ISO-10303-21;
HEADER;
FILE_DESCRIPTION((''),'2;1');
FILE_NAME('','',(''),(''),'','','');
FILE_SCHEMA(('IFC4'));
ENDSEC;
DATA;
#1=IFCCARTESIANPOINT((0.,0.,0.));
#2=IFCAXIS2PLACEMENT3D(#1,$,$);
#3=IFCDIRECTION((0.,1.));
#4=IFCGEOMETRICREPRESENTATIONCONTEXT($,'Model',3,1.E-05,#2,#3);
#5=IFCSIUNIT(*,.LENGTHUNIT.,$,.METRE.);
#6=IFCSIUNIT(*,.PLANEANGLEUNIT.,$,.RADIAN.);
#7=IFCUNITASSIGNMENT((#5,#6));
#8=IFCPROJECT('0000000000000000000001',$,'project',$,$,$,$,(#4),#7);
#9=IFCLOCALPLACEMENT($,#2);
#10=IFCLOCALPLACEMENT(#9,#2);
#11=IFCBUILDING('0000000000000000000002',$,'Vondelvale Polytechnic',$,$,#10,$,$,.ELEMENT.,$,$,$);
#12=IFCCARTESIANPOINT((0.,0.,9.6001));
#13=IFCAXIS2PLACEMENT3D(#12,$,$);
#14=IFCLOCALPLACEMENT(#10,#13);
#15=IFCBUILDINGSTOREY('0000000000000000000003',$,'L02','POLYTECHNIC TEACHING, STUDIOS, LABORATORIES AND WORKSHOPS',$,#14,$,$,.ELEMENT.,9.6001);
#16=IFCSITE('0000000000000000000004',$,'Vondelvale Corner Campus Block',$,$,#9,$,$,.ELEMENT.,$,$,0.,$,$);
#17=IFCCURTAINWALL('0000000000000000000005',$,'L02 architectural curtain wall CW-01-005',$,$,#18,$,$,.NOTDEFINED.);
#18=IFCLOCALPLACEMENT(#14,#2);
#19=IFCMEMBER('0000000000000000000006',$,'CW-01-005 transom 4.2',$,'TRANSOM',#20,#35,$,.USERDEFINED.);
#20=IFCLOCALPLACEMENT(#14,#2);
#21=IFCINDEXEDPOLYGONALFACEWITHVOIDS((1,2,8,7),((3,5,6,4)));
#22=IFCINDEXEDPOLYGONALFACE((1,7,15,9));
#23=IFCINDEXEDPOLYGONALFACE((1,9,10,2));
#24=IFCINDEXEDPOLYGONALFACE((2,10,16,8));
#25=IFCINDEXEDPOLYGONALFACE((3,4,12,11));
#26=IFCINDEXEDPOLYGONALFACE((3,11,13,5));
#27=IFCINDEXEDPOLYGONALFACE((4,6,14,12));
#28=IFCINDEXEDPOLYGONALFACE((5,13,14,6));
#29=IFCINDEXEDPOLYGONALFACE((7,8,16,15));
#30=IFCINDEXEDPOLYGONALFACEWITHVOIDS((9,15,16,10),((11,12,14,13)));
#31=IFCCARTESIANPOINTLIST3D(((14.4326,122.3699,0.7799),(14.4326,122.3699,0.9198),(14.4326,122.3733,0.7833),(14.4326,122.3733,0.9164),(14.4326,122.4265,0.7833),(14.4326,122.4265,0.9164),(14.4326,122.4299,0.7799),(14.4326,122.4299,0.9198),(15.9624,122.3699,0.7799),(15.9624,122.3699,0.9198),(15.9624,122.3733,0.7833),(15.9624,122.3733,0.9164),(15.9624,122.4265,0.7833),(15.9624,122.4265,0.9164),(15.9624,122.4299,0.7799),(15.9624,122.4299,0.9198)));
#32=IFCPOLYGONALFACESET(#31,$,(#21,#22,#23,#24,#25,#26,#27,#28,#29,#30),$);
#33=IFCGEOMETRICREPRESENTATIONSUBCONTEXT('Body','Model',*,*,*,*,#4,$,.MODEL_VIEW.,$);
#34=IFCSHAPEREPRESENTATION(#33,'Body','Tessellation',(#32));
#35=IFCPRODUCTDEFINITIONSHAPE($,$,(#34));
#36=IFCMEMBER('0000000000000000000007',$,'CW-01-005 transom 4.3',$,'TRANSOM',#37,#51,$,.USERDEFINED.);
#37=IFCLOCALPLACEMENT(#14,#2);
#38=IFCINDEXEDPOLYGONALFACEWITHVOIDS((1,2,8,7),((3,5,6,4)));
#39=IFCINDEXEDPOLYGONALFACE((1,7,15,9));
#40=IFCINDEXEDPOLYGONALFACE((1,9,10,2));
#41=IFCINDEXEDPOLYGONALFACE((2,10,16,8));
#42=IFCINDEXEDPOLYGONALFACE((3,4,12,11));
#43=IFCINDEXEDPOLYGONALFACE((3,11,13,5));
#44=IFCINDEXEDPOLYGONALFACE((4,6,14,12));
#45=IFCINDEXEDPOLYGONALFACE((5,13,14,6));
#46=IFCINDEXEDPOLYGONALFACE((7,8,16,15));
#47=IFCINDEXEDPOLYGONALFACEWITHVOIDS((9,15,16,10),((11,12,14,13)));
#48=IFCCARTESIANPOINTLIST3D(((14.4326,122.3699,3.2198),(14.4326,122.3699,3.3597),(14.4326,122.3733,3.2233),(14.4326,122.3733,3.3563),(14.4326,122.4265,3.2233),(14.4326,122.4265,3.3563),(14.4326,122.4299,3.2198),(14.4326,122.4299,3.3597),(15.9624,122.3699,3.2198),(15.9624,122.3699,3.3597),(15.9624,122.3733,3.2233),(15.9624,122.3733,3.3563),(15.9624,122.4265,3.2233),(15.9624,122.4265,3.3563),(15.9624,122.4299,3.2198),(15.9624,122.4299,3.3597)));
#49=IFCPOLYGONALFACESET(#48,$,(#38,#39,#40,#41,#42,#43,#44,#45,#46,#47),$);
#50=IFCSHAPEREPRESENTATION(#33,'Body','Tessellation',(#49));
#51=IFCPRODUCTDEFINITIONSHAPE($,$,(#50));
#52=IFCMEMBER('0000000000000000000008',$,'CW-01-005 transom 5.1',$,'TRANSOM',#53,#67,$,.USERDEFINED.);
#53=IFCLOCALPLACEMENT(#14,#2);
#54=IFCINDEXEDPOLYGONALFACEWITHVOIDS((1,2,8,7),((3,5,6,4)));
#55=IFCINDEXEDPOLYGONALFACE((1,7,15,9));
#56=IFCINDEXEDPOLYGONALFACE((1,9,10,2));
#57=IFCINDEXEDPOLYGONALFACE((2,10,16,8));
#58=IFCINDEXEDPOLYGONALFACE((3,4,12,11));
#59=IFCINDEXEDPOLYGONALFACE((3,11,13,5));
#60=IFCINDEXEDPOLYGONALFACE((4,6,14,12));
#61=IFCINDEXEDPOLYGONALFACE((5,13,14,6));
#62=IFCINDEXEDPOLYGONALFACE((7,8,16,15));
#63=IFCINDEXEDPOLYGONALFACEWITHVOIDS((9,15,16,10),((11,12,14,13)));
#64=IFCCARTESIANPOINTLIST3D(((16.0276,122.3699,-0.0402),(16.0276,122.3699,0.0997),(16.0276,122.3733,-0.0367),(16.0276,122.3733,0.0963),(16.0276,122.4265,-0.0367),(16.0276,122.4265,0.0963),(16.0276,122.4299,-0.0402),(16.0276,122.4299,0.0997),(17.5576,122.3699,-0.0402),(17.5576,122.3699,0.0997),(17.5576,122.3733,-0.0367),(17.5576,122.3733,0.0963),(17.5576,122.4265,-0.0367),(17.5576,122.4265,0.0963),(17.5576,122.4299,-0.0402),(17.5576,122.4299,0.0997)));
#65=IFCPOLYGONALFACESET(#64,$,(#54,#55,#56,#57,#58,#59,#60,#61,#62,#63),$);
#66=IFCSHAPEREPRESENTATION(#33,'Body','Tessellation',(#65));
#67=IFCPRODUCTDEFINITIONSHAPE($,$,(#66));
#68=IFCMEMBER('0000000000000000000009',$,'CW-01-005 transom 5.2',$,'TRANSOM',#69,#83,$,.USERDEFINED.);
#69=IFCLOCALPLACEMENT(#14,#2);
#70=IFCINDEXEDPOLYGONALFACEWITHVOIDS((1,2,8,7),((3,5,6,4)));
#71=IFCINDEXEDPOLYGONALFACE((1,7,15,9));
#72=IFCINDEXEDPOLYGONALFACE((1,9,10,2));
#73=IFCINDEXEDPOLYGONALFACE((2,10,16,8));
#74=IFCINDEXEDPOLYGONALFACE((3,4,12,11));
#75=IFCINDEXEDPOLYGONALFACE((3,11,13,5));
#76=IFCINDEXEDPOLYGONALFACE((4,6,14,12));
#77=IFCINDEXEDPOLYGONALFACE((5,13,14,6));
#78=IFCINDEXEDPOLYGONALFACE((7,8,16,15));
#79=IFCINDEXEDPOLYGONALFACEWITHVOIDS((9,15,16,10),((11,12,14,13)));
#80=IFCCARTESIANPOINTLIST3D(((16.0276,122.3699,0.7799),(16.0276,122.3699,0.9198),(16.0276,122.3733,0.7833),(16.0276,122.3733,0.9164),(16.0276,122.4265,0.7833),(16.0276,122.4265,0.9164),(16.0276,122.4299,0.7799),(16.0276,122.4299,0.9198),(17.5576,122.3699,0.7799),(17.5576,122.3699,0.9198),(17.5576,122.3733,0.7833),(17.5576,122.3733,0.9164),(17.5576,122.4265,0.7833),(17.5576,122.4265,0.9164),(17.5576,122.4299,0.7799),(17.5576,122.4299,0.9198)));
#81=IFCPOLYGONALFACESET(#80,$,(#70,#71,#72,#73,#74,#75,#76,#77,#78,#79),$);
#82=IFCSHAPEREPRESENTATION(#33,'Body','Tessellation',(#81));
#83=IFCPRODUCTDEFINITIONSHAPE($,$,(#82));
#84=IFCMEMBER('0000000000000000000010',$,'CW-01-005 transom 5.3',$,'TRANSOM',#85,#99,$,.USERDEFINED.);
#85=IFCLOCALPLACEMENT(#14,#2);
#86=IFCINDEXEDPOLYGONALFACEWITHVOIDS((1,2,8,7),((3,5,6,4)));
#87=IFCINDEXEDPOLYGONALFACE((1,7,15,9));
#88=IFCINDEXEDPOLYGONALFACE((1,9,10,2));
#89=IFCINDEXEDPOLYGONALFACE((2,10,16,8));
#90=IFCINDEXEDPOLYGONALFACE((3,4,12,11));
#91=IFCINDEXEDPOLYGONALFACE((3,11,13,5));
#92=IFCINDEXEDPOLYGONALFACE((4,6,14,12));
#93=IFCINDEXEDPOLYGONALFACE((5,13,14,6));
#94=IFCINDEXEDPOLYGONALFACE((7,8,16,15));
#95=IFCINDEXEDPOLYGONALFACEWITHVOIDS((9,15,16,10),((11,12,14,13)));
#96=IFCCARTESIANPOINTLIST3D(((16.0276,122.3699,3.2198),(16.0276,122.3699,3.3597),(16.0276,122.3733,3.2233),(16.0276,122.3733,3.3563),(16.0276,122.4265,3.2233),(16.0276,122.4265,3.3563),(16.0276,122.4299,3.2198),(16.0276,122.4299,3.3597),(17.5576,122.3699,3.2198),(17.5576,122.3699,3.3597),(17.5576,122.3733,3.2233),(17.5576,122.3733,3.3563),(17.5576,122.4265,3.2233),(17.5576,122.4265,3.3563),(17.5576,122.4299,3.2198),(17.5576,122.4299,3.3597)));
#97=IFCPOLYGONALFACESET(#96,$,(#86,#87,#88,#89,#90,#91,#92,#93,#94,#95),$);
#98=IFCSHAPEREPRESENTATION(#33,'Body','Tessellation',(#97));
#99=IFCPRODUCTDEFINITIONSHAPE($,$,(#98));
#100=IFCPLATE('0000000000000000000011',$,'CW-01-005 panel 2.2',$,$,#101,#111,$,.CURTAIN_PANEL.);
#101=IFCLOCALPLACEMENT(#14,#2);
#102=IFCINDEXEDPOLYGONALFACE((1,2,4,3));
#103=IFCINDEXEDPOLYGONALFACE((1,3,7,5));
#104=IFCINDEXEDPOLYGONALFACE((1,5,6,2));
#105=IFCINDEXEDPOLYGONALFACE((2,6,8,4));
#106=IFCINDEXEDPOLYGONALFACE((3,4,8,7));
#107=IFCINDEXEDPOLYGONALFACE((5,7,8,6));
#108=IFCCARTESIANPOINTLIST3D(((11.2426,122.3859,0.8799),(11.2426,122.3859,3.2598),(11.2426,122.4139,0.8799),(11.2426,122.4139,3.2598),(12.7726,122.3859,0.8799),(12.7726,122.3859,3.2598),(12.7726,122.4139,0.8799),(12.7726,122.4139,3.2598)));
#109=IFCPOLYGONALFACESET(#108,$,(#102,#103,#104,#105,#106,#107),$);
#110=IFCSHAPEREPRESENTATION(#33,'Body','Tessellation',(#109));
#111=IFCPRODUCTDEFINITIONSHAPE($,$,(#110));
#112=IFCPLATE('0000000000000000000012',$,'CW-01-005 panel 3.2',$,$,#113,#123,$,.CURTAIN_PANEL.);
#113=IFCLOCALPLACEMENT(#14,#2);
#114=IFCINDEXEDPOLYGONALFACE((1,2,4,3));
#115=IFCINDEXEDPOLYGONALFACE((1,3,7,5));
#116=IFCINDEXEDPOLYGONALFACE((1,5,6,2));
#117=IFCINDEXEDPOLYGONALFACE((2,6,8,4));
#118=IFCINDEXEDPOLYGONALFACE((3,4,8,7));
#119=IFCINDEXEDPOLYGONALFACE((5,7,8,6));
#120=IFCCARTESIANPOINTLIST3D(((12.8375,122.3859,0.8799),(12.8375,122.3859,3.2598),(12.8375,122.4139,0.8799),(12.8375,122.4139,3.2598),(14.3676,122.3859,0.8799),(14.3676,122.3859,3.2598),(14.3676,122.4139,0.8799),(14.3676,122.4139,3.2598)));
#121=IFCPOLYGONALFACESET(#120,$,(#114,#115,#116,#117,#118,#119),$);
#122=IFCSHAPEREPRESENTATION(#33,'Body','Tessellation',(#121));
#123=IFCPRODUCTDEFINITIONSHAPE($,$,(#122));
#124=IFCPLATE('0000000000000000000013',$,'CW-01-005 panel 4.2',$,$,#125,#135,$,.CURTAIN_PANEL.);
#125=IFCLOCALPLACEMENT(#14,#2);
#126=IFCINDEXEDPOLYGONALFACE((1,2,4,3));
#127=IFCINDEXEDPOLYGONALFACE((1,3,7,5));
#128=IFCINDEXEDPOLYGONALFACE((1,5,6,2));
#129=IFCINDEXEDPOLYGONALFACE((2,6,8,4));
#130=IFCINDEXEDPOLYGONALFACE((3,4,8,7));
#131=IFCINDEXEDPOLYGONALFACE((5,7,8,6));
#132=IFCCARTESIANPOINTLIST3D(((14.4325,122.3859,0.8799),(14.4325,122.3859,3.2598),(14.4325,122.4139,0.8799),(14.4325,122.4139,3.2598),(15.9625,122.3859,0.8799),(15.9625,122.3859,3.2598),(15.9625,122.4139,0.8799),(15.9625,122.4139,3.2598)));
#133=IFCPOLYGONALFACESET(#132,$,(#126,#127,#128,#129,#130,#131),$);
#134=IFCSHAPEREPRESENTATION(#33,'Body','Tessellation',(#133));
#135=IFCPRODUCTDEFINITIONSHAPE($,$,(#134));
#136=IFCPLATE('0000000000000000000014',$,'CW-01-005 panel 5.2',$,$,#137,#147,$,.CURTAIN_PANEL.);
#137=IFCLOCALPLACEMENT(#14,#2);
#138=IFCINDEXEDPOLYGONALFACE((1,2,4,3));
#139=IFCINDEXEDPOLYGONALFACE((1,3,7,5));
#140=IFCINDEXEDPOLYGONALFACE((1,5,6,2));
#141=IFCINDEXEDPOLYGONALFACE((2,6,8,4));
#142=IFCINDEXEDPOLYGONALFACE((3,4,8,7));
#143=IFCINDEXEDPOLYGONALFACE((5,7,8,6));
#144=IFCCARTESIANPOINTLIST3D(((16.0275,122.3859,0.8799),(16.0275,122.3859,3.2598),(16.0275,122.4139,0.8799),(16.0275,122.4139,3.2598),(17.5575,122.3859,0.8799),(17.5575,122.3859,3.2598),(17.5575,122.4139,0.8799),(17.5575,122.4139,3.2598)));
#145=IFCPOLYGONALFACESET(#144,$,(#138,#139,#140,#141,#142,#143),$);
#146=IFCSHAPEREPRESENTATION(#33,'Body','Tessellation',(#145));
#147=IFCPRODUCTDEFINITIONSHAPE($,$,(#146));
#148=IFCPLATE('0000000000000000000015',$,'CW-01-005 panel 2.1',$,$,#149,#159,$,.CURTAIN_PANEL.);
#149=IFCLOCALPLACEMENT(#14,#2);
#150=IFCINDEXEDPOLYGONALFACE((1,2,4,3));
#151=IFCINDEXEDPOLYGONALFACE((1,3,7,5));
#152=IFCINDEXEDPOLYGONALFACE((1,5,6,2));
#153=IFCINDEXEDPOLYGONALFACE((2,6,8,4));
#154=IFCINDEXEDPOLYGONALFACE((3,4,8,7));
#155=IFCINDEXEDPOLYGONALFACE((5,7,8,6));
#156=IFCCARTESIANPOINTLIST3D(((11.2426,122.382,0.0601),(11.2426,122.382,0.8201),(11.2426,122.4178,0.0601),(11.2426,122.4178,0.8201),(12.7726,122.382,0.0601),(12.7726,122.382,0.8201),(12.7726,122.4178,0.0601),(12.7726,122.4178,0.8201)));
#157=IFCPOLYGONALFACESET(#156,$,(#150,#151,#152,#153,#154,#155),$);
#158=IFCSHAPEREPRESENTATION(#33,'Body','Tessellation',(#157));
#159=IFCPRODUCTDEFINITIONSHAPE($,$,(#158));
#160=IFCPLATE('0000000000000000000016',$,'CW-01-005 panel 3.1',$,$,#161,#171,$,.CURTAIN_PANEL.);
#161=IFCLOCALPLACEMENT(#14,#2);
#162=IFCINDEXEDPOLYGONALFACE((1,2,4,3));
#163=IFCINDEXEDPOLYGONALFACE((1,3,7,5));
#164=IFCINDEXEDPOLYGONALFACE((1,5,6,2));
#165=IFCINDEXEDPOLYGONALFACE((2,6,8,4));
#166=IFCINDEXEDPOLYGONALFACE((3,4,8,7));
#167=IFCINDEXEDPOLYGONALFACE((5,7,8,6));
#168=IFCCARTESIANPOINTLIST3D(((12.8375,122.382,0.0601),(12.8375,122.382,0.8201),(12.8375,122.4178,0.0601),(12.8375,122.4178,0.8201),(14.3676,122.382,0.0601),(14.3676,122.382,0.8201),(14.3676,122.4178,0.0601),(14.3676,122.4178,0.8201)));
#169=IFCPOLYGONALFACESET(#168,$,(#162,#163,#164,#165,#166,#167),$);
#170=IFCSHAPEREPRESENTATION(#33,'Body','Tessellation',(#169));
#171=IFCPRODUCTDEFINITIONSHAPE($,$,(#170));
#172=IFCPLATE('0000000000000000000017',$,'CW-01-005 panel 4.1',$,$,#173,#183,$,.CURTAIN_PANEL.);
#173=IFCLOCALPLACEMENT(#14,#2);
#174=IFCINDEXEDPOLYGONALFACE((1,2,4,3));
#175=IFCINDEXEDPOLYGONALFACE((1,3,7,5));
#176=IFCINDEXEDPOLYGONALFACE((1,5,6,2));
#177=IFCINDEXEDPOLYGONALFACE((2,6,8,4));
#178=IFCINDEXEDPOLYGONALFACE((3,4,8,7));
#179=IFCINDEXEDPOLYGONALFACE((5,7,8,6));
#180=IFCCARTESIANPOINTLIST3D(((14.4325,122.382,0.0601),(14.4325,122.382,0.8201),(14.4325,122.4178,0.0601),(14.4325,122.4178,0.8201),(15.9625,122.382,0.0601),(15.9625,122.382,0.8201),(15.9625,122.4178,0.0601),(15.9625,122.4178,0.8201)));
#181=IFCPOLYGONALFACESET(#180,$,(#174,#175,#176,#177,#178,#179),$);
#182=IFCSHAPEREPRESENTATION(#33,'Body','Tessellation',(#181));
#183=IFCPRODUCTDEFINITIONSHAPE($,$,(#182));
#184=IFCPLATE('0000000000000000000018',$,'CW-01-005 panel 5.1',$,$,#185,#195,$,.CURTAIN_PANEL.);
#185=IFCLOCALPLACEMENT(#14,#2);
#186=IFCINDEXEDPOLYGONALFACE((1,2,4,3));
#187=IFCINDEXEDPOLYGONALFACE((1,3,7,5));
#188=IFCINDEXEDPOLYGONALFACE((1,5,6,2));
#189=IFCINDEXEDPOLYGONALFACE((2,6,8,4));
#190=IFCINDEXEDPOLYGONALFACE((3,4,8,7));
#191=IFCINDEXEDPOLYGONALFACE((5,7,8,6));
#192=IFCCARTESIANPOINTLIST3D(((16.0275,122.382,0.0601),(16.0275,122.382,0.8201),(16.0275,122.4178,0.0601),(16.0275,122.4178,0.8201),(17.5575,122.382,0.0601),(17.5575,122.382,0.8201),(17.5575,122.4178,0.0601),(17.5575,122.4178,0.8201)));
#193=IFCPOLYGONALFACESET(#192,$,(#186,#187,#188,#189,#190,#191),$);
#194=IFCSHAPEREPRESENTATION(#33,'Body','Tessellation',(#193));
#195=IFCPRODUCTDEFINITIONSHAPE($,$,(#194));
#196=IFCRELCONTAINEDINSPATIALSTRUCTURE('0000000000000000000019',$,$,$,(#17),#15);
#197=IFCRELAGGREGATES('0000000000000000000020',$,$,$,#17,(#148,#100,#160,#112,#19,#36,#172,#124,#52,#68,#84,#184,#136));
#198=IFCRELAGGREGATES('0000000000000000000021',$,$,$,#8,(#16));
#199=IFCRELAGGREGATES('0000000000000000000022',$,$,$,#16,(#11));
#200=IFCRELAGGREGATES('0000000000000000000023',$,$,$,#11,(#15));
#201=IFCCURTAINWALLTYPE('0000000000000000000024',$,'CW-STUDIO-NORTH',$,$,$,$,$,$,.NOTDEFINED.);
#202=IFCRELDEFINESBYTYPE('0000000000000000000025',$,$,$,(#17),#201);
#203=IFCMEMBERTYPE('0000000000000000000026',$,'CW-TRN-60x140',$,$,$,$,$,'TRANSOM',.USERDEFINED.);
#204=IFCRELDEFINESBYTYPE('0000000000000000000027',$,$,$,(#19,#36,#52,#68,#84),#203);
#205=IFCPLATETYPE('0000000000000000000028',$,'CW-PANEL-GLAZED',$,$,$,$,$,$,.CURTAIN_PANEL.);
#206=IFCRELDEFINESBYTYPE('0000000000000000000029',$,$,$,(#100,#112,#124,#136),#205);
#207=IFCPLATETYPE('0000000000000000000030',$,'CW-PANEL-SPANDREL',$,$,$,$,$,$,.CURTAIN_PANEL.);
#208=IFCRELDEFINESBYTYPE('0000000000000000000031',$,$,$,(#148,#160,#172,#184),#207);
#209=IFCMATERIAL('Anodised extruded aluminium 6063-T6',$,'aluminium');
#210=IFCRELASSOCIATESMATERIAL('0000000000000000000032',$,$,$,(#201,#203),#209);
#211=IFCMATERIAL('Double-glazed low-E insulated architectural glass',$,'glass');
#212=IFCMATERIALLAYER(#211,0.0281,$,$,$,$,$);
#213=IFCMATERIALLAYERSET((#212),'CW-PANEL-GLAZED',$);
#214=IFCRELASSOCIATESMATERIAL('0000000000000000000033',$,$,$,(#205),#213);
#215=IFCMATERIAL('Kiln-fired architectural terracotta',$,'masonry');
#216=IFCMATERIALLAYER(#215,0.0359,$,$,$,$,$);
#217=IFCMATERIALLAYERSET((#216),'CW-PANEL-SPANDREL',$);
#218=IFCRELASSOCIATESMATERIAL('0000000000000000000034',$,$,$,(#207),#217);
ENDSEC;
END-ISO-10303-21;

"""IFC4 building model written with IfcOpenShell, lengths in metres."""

from ifc_helpers import new_model, si_unit, direction, frame, origin, origin_2d, place, context, subcontext, project, spatial, rectangle, hollow_rectangle, extrude, material, layer, layer_set, material_profile, profile_set, type_object, element, aggregate, save


model = new_model("IFC4")

# Units and contexts
model_context = context("Model", 3, precision=1e-05, world=origin(), true_north=direction((0.0, 1.0)))
body_context = subcontext(model_context, "Body", "Model", "MODEL_VIEW")
ifc_project = project(units=[si_unit("LENGTHUNIT", "METRE"), si_unit("PLANEANGLEUNIT", "RADIAN")], contexts=[model_context])

# Site, building, storey
site_placement = place(None, origin())
site = spatial("IfcSite", under=ifc_project, at=site_placement, Name="Vondelvale Corner Campus Block", CompositionType="ELEMENT", RefElevation=0.0)
building_placement = place(site_placement, origin())
building = spatial("IfcBuilding", under=site, at=building_placement, Name="Vondelvale Polytechnic", CompositionType="ELEMENT")
storey_placement = place(building_placement, frame((0.0, 0.0, 9.6001)))
storey = spatial("IfcBuildingStorey", under=building, at=storey_placement, Name="L02", Description="POLYTECHNIC TEACHING, STUDIOS, LABORATORIES AND WORKSHOPS", CompositionType="ELEMENT", Elevation=9.6001)

# Curtain wall, members, plates
ifc_material_1 = material(Name="Anodised extruded aluminium 6063-T6", Category="aluminium")
curtain_wall_type = type_object("IfcCurtainWallType", Name="CW-STUDIO-NORTH", PredefinedType="NOTDEFINED", material=ifc_material_1)
curtain_wall_placement = place(storey_placement, origin())
curtain_wall = element("IfcCurtainWall", 1, at=curtain_wall_placement, inside=storey, type_object=curtain_wall_type, Name="L02 architectural curtain wall CW-01-005", PredefinedType="NOTDEFINED")
ifc_material_profile_1 = material_profile(ifc_material_1, hollow_rectangle(XDim=0.0601, YDim=0.1399, WallThickness=0.0034, at=origin_2d()), Name="CW-TRN-140x60")
ifc_profile_set_1 = profile_set([ifc_material_profile_1], Name="Anodised extruded aluminium 6063-T6")
member_type_1 = type_object("IfcMemberType", Name="CW-TRN-60x140", ElementType="TRANSOM", PredefinedType="USERDEFINED", material=ifc_profile_set_1)
member_1_placement = place(storey_placement, frame((14.4326, 122.3999, 0.8499), z_axis=(1.0, 0.0, 0.0), x_axis=(0.0, 1.0, 0.0)))
member_1 = element("IfcMember", 2, at=member_1_placement, type_object=member_type_1, Name="CW-01-005 transom 4.2", ObjectType="TRANSOM", PredefinedType="USERDEFINED", context=body_context, shape_type="SweptSolid", body=[
    extrude(hollow_rectangle(XDim=0.0601, YDim=0.1399, WallThickness=0.0034, at=origin_2d()), origin(), (0.0, 0.0, 1.0), 1.5298),
])
member_2_placement = place(storey_placement, frame((14.4326, 122.3999, 3.2898), z_axis=(1.0, 0.0, 0.0), x_axis=(0.0, 1.0, 0.0)))
member_2 = element("IfcMember", 3, at=member_2_placement, type_object=member_type_1, Name="CW-01-005 transom 4.3", ObjectType="TRANSOM", PredefinedType="USERDEFINED", context=body_context, shape_type="SweptSolid", body=[
    extrude(hollow_rectangle(XDim=0.0601, YDim=0.1399, WallThickness=0.0034, at=origin_2d()), origin(), (0.0, 0.0, 1.0), 1.5298),
])
member_3_placement = place(storey_placement, frame((16.0276, 122.3999, 0.0298), z_axis=(1.0, 0.0, 0.0), x_axis=(0.0, 1.0, 0.0)))
member_3 = element("IfcMember", 4, at=member_3_placement, type_object=member_type_1, Name="CW-01-005 transom 5.1", ObjectType="TRANSOM", PredefinedType="USERDEFINED", context=body_context, shape_type="SweptSolid", body=[
    extrude(hollow_rectangle(XDim=0.0601, YDim=0.1399, WallThickness=0.0034, at=origin_2d()), origin(), (0.0, 0.0, 1.0), 1.53),
])
member_4_placement = place(storey_placement, frame((16.0276, 122.3999, 0.8499), z_axis=(1.0, 0.0, 0.0), x_axis=(0.0, 1.0, 0.0)))
member_4 = element("IfcMember", 5, at=member_4_placement, type_object=member_type_1, Name="CW-01-005 transom 5.2", ObjectType="TRANSOM", PredefinedType="USERDEFINED", context=body_context, shape_type="SweptSolid", body=[
    extrude(hollow_rectangle(XDim=0.0601, YDim=0.1399, WallThickness=0.0034, at=origin_2d()), origin(), (0.0, 0.0, 1.0), 1.53),
])
member_5_placement = place(storey_placement, frame((16.0276, 122.3999, 3.2898), z_axis=(1.0, 0.0, 0.0), x_axis=(0.0, 1.0, 0.0)))
member_5 = element("IfcMember", 6, at=member_5_placement, type_object=member_type_1, Name="CW-01-005 transom 5.3", ObjectType="TRANSOM", PredefinedType="USERDEFINED", context=body_context, shape_type="SweptSolid", body=[
    extrude(hollow_rectangle(XDim=0.0601, YDim=0.1399, WallThickness=0.0034, at=origin_2d()), origin(), (0.0, 0.0, 1.0), 1.53),
])
ifc_material_2 = material(Name="Double-glazed low-E insulated architectural glass", Category="glass")
ifc_layer_1 = layer(ifc_material_2, 0.0281)
ifc_layer_set_1 = layer_set([ifc_layer_1], Name="CW-PANEL-GLAZED")
plate_type_1 = type_object("IfcPlateType", Name="CW-PANEL-GLAZED", PredefinedType="CURTAIN_PANEL", material=ifc_layer_set_1)
plate_1_placement = place(storey_placement, frame((12.0076, 122.3999, 0.8799), z_axis=(0.0, 0.0, 1.0), x_axis=(1.0, 0.0, 0.0)))
plate_1 = element("IfcPlate", 7, at=plate_1_placement, type_object=plate_type_1, Name="CW-01-005 panel 2.2", PredefinedType="CURTAIN_PANEL", context=body_context, shape_type="SweptSolid", body=[
    extrude(rectangle(XDim=1.53, YDim=0.0281, at=origin_2d()), origin(), (0.0, 0.0, 1.0), 2.3799),
])
plate_2_placement = place(storey_placement, frame((13.6025, 122.3999, 0.8799), z_axis=(0.0, 0.0, 1.0), x_axis=(1.0, 0.0, 0.0)))
plate_2 = element("IfcPlate", 8, at=plate_2_placement, type_object=plate_type_1, Name="CW-01-005 panel 3.2", PredefinedType="CURTAIN_PANEL", context=body_context, shape_type="SweptSolid", body=[
    extrude(rectangle(XDim=1.53, YDim=0.0281, at=origin_2d()), origin(), (0.0, 0.0, 1.0), 2.3799),
])
plate_3_placement = place(storey_placement, frame((15.1975, 122.3999, 0.8799), z_axis=(0.0, 0.0, 1.0), x_axis=(1.0, 0.0, 0.0)))
plate_3 = element("IfcPlate", 9, at=plate_3_placement, type_object=plate_type_1, Name="CW-01-005 panel 4.2", PredefinedType="CURTAIN_PANEL", context=body_context, shape_type="SweptSolid", body=[
    extrude(rectangle(XDim=1.53, YDim=0.0281, at=origin_2d()), origin(), (0.0, 0.0, 1.0), 2.3799),
])
plate_4_placement = place(storey_placement, frame((16.7925, 122.3999, 0.8799), z_axis=(0.0, 0.0, 1.0), x_axis=(1.0, 0.0, 0.0)))
plate_4 = element("IfcPlate", 10, at=plate_4_placement, type_object=plate_type_1, Name="CW-01-005 panel 5.2", PredefinedType="CURTAIN_PANEL", context=body_context, shape_type="SweptSolid", body=[
    extrude(rectangle(XDim=1.53, YDim=0.0281, at=origin_2d()), origin(), (0.0, 0.0, 1.0), 2.3799),
])
ifc_material_3 = material(Name="Kiln-fired architectural terracotta", Category="masonry")
ifc_layer_2 = layer(ifc_material_3, 0.0359)
ifc_layer_set_2 = layer_set([ifc_layer_2], Name="CW-PANEL-SPANDREL")
plate_type_2 = type_object("IfcPlateType", Name="CW-PANEL-SPANDREL", PredefinedType="CURTAIN_PANEL", material=ifc_layer_set_2)
plate_5_placement = place(storey_placement, frame((12.0076, 122.3999, 0.0601), z_axis=(0.0, 0.0, 1.0), x_axis=(1.0, 0.0, 0.0)))
plate_5 = element("IfcPlate", 11, at=plate_5_placement, type_object=plate_type_2, Name="CW-01-005 panel 2.1", PredefinedType="CURTAIN_PANEL", context=body_context, shape_type="SweptSolid", body=[
    extrude(rectangle(XDim=1.53, YDim=0.0359, at=origin_2d()), origin(), (0.0, 0.0, 1.0), 0.76),
])
plate_6_placement = place(storey_placement, frame((13.6025, 122.3999, 0.0601), z_axis=(0.0, 0.0, 1.0), x_axis=(1.0, 0.0, 0.0)))
plate_6 = element("IfcPlate", 12, at=plate_6_placement, type_object=plate_type_2, Name="CW-01-005 panel 3.1", PredefinedType="CURTAIN_PANEL", context=body_context, shape_type="SweptSolid", body=[
    extrude(rectangle(XDim=1.53, YDim=0.0359, at=origin_2d()), origin(), (0.0, 0.0, 1.0), 0.76),
])
plate_7_placement = place(storey_placement, frame((15.1975, 122.3999, 0.0601), z_axis=(0.0, 0.0, 1.0), x_axis=(1.0, 0.0, 0.0)))
plate_7 = element("IfcPlate", 13, at=plate_7_placement, type_object=plate_type_2, Name="CW-01-005 panel 4.1", PredefinedType="CURTAIN_PANEL", context=body_context, shape_type="SweptSolid", body=[
    extrude(rectangle(XDim=1.53, YDim=0.0359, at=origin_2d()), origin(), (0.0, 0.0, 1.0), 0.76),
])
plate_8_placement = place(storey_placement, frame((16.7925, 122.3999, 0.0601), z_axis=(0.0, 0.0, 1.0), x_axis=(1.0, 0.0, 0.0)))
plate_8 = element("IfcPlate", 14, at=plate_8_placement, type_object=plate_type_2, Name="CW-01-005 panel 5.1", PredefinedType="CURTAIN_PANEL", context=body_context, shape_type="SweptSolid", body=[
    extrude(rectangle(XDim=1.53, YDim=0.0359, at=origin_2d()), origin(), (0.0, 0.0, 1.0), 0.76),
])
aggregate(curtain_wall, [plate_5, plate_1, plate_6, plate_2, member_1, member_2, plate_7, plate_3, member_3, member_4, member_5, plate_8, plate_4])

save(model, "model.ifc")
